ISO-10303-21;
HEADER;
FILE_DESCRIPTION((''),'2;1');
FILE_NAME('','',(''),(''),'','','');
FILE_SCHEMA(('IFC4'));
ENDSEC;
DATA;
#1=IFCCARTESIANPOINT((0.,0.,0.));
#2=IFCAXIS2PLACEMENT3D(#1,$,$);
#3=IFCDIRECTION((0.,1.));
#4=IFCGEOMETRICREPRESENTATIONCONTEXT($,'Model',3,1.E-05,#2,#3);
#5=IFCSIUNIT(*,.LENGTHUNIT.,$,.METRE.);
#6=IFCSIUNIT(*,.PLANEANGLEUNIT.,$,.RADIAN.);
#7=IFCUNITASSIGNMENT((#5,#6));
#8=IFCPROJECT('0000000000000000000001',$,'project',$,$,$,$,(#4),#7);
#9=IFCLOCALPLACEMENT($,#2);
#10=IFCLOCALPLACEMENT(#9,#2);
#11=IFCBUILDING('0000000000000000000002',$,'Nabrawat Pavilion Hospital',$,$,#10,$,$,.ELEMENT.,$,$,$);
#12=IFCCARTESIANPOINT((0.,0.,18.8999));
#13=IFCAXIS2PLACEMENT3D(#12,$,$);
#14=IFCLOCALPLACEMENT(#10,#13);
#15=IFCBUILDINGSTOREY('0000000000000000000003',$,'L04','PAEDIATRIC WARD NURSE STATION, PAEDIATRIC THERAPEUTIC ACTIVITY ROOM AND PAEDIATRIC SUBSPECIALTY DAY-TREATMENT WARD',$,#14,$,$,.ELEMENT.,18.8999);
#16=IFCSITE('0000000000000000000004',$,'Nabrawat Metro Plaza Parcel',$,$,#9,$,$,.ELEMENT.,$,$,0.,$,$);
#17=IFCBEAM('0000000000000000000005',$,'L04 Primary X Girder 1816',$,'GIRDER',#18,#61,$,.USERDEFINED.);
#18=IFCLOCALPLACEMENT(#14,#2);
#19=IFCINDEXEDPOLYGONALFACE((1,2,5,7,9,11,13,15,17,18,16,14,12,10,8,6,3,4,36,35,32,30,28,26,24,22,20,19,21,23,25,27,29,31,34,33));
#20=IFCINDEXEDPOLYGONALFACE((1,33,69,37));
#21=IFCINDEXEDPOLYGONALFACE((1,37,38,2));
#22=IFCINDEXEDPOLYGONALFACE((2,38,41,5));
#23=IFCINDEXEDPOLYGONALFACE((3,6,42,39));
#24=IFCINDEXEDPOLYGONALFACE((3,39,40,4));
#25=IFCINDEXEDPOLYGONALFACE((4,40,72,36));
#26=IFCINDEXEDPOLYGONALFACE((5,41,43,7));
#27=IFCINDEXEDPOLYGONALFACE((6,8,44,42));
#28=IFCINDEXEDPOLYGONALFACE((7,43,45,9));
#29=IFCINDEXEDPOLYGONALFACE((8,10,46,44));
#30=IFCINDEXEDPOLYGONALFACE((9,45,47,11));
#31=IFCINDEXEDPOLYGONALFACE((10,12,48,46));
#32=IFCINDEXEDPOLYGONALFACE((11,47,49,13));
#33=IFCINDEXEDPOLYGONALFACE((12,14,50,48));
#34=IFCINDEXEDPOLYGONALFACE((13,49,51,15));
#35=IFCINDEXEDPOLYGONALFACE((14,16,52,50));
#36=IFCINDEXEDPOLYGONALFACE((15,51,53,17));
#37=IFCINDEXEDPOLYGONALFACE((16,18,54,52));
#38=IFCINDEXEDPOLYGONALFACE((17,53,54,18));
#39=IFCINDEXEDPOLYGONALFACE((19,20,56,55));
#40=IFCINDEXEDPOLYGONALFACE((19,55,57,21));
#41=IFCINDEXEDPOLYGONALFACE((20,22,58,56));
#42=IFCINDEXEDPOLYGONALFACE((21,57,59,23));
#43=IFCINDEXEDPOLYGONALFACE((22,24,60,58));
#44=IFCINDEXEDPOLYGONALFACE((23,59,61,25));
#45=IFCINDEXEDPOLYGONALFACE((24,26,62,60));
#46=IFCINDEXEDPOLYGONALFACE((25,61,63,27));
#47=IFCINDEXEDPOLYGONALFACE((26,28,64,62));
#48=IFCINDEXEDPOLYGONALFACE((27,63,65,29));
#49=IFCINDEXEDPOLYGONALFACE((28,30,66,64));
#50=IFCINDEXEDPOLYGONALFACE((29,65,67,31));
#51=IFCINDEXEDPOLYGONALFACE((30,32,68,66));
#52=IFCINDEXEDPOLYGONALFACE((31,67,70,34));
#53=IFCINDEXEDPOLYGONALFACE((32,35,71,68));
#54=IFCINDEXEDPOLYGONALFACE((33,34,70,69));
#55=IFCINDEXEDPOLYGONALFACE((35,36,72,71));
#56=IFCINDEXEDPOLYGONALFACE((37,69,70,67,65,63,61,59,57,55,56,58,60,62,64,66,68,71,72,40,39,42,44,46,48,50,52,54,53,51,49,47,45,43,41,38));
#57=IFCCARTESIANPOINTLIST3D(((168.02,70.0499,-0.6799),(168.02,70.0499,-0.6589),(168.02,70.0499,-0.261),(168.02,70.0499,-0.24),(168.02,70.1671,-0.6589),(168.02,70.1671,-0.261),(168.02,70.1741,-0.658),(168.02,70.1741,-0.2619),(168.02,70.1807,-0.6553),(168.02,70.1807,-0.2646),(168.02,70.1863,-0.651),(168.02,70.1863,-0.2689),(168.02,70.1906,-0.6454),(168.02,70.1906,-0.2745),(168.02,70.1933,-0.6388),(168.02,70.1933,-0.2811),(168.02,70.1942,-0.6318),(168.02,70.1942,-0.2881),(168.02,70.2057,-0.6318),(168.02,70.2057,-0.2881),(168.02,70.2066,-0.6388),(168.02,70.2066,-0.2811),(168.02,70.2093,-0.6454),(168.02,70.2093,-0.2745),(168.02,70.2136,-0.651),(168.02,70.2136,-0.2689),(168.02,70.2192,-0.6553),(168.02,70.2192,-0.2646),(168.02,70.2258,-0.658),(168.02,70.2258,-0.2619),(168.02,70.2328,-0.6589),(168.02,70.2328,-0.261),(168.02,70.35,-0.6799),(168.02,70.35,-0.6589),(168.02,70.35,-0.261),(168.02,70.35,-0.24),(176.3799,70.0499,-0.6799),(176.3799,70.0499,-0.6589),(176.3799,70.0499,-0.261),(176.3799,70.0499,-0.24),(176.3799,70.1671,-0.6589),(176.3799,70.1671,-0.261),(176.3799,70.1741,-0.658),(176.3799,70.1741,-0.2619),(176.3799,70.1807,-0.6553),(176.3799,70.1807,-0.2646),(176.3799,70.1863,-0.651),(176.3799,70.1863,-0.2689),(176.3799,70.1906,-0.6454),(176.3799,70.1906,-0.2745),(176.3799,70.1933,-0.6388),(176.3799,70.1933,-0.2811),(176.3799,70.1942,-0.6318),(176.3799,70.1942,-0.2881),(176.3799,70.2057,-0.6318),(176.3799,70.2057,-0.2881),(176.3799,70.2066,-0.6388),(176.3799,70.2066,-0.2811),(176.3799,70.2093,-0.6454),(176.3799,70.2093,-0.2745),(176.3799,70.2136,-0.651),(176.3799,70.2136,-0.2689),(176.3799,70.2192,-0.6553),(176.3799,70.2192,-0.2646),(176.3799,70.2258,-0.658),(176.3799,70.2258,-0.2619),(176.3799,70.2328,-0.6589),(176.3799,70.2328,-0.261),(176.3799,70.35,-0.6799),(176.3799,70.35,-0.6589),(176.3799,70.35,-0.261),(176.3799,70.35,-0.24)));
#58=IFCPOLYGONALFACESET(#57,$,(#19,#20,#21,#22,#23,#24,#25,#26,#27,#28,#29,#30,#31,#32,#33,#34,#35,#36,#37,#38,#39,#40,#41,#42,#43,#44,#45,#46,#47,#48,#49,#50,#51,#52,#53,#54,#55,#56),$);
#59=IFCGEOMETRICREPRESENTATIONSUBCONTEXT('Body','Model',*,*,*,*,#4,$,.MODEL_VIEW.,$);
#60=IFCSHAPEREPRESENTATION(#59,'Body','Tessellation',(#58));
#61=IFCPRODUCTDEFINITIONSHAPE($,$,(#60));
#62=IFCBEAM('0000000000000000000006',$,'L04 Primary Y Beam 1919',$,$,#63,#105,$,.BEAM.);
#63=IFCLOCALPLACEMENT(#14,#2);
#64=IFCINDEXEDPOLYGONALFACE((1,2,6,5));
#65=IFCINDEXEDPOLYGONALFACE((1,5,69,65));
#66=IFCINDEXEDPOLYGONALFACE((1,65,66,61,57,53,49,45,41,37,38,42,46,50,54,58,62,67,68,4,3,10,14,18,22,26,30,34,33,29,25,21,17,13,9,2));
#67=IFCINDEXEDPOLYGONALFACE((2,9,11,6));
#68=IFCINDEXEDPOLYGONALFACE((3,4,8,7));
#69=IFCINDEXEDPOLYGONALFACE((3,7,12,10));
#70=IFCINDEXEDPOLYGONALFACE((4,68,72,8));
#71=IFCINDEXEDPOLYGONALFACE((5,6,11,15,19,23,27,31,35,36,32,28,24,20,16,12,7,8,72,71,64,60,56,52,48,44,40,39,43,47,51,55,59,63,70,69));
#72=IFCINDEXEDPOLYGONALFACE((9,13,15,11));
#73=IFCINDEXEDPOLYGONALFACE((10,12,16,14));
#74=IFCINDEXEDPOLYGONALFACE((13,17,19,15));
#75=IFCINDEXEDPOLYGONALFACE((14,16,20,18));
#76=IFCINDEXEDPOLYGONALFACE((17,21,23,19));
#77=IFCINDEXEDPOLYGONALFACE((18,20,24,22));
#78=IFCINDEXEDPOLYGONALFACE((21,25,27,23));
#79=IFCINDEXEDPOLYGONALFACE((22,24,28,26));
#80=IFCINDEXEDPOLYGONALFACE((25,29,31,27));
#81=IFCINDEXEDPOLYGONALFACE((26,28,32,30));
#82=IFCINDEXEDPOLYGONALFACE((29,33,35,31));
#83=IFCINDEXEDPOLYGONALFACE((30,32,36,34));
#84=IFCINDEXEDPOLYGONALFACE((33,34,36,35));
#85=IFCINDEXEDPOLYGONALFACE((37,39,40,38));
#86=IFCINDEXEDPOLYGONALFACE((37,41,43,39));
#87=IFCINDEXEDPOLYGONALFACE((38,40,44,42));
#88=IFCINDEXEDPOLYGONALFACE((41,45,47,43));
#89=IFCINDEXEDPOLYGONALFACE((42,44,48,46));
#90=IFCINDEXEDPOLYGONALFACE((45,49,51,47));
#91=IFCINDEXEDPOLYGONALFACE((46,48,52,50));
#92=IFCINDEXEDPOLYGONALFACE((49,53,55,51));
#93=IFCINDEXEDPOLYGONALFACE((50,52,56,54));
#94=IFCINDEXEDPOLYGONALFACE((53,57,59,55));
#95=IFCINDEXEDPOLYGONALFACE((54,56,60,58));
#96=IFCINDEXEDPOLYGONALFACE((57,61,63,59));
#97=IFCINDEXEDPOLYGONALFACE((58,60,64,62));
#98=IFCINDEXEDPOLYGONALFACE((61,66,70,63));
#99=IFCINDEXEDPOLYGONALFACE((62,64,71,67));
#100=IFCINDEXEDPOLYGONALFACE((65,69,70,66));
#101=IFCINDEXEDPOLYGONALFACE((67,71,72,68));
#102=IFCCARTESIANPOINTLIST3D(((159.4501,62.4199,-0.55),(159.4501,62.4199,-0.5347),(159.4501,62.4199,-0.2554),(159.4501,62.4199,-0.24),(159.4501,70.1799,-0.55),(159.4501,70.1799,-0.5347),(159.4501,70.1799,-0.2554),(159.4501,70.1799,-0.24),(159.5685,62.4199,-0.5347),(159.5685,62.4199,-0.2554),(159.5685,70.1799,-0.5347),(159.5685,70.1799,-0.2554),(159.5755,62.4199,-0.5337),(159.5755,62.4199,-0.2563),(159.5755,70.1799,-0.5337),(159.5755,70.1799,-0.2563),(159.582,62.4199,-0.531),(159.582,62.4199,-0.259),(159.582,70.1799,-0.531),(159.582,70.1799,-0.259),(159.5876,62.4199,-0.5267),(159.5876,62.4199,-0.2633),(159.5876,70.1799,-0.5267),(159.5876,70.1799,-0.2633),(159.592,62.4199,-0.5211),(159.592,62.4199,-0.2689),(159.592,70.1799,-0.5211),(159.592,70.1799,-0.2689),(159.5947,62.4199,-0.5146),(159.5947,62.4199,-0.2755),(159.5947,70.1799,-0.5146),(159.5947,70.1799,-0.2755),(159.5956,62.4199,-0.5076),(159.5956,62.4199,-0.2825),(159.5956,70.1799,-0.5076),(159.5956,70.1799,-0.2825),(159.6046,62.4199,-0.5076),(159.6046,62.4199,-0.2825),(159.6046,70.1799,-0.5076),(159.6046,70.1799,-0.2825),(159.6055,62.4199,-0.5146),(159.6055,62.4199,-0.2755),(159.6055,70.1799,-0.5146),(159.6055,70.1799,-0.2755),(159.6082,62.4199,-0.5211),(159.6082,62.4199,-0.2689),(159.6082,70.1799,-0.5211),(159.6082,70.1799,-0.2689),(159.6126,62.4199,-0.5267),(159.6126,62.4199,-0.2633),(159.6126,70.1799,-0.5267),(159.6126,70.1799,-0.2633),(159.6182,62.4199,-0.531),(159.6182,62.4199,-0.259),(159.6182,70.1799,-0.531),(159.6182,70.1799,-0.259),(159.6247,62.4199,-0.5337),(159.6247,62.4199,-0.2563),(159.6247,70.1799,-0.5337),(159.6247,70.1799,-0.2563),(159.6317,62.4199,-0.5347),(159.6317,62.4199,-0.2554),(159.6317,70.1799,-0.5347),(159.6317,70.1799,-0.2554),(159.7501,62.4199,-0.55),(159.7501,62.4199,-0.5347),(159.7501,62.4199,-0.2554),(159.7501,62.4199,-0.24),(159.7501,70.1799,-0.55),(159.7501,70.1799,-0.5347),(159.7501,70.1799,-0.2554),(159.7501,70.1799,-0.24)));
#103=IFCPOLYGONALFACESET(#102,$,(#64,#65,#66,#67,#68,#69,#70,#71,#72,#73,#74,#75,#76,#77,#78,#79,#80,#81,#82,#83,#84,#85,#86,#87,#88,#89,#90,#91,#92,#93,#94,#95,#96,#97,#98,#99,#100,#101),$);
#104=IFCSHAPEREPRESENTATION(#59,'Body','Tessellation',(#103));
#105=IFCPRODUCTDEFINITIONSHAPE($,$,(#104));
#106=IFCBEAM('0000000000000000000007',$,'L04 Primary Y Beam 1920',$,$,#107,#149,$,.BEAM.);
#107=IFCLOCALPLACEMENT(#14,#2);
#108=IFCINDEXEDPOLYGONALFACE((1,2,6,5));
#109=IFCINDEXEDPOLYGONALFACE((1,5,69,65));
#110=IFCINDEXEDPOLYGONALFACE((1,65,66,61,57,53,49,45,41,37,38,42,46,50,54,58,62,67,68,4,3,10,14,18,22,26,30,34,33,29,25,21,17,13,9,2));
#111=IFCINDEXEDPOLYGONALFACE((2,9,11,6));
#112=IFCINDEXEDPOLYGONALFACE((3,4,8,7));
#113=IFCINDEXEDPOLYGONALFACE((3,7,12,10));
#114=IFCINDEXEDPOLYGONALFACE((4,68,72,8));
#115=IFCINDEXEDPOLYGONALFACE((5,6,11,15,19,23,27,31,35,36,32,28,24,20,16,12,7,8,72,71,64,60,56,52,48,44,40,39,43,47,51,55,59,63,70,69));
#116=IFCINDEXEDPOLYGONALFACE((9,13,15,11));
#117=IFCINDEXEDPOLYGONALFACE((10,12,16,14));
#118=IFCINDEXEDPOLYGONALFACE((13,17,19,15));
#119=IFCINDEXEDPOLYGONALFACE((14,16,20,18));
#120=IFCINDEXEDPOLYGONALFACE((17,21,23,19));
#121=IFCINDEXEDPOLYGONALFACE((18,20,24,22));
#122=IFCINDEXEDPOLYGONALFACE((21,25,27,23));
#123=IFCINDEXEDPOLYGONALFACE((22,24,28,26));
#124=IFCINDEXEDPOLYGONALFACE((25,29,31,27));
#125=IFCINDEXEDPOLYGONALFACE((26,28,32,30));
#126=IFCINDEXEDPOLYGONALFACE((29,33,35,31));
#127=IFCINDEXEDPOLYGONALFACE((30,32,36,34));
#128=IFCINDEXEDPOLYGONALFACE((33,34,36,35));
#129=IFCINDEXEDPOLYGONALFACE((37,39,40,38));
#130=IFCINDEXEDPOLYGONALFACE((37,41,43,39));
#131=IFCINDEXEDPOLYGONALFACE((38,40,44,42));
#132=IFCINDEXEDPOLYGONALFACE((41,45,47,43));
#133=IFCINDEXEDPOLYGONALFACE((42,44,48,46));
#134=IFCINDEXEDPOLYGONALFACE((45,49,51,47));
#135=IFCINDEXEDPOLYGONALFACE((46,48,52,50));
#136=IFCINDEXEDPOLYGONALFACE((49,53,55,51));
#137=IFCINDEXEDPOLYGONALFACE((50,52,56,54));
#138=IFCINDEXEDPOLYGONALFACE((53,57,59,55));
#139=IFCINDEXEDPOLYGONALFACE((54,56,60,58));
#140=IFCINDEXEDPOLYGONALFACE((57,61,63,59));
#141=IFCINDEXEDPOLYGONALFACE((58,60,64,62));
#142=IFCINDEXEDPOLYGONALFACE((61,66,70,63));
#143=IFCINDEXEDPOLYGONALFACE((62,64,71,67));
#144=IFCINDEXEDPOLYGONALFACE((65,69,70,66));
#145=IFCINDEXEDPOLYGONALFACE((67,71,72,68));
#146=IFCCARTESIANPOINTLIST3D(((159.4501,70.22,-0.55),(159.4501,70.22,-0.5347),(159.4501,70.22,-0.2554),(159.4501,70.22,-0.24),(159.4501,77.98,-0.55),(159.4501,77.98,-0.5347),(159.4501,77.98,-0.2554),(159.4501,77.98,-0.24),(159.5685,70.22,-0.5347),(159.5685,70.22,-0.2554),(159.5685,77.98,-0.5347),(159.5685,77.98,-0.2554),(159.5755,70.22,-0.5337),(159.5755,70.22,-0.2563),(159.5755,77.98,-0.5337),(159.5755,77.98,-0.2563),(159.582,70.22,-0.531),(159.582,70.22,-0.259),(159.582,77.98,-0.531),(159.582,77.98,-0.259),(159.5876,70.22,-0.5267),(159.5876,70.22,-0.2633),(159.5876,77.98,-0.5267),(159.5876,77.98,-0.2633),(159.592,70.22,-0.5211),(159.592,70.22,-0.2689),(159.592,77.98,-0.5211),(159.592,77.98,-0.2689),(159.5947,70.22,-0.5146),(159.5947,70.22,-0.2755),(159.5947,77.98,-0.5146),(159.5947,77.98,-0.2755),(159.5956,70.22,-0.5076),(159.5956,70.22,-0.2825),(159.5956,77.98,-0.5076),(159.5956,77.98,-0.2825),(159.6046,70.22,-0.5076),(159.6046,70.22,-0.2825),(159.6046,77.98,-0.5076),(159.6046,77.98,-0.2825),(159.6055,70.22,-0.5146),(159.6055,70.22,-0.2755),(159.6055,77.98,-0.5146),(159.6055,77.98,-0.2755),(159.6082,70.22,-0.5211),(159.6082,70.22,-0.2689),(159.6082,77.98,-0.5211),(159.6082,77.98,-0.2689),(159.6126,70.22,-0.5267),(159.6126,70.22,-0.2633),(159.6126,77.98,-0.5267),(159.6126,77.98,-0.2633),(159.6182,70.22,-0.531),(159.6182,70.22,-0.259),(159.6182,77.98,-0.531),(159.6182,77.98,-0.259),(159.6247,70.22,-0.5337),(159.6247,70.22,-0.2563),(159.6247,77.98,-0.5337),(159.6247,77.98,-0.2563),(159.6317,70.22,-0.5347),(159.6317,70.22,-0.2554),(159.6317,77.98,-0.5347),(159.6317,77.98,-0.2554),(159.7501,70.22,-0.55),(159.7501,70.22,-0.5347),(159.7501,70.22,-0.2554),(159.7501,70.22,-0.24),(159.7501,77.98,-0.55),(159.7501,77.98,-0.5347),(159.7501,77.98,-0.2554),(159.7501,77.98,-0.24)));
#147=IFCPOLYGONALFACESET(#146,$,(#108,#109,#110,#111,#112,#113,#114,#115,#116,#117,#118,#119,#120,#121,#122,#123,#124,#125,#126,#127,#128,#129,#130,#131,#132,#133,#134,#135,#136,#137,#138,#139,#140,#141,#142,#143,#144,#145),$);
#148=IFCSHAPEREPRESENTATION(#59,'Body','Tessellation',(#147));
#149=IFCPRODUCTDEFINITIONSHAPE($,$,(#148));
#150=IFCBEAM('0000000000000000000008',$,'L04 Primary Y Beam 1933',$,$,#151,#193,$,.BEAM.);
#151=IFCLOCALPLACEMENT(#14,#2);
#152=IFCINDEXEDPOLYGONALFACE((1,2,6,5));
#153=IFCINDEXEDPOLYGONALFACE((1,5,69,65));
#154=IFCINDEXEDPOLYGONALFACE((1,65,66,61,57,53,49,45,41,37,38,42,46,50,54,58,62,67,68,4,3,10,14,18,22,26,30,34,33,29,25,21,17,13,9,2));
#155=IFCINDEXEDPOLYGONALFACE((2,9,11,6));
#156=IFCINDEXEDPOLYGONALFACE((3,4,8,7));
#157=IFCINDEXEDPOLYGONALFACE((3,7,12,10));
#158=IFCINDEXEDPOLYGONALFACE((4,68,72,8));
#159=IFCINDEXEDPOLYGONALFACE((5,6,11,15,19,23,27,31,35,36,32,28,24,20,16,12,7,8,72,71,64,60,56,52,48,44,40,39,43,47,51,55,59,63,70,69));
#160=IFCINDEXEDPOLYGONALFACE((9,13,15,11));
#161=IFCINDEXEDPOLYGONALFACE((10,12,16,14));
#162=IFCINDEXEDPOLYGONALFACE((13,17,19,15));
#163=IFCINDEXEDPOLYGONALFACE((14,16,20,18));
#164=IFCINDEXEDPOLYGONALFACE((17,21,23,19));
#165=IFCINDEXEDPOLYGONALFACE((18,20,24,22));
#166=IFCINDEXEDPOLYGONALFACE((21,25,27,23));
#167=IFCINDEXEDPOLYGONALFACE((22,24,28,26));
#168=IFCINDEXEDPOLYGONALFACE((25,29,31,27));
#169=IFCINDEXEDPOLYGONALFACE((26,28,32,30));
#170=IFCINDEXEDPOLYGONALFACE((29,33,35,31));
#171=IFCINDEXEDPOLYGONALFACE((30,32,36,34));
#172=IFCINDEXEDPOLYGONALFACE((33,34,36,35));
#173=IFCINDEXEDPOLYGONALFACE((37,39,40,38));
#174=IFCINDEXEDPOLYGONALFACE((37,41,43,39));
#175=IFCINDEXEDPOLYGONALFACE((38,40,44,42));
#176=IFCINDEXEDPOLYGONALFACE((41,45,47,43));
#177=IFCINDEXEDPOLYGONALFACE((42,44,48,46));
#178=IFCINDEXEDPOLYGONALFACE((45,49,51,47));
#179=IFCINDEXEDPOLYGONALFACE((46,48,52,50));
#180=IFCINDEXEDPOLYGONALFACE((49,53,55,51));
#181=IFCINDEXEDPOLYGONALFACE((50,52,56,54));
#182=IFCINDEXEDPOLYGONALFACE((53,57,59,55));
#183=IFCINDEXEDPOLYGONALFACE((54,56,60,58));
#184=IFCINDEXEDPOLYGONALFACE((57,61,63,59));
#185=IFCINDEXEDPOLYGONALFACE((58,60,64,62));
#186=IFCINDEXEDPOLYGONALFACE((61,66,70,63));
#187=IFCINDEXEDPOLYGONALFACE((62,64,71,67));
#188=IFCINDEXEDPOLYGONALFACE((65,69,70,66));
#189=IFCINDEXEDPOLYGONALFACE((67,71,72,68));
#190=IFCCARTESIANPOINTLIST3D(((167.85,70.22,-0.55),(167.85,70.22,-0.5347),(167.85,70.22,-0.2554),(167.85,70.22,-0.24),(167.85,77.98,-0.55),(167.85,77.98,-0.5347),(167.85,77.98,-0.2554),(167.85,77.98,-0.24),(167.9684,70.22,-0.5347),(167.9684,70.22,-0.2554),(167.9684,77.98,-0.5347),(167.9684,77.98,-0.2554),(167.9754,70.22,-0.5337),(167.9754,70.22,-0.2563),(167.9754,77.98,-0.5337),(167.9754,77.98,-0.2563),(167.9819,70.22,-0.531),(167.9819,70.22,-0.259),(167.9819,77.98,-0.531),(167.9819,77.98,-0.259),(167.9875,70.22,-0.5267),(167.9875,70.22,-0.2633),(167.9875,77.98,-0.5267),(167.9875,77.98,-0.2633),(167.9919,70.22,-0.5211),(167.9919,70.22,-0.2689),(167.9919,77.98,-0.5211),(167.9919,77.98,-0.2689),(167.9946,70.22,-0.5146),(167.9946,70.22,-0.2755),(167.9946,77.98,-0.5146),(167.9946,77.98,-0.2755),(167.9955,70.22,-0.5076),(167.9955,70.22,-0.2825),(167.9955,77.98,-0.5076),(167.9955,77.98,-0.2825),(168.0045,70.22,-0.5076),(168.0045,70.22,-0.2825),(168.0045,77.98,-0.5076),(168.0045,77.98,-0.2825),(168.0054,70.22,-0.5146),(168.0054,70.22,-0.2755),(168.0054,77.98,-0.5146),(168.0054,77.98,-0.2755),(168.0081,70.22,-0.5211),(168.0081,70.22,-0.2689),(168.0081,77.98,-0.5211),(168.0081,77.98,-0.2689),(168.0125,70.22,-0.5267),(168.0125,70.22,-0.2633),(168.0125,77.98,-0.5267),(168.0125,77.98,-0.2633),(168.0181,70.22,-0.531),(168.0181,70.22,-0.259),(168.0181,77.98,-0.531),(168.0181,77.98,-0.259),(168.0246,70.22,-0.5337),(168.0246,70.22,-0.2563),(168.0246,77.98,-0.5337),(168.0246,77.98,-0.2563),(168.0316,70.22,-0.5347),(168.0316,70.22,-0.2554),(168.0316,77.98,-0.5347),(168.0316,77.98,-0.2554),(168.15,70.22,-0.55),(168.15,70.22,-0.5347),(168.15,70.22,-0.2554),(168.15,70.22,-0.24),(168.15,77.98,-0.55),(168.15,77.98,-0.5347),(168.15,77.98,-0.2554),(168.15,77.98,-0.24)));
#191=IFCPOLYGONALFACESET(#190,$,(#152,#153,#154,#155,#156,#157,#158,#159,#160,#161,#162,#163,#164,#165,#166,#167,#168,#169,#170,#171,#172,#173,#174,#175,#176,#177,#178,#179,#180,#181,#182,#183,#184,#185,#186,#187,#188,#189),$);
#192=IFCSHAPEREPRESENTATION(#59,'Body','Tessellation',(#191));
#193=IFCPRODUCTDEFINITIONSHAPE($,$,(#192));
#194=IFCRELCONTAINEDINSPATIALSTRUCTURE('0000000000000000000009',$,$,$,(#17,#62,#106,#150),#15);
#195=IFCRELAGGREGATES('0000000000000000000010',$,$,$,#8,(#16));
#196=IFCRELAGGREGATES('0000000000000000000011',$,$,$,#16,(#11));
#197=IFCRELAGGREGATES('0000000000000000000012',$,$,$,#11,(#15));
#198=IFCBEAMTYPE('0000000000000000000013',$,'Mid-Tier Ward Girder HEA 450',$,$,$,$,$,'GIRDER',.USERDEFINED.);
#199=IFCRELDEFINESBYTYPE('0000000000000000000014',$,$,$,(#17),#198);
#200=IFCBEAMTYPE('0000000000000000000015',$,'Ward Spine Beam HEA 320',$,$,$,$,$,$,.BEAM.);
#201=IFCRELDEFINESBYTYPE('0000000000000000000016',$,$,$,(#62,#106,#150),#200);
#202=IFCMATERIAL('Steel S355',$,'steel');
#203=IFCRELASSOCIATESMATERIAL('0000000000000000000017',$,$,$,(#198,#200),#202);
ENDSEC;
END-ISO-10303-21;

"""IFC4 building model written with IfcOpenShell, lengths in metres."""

from ifc_helpers import new_model, si_unit, direction, frame, origin, origin_2d, place, context, subcontext, project, spatial, i_section, extrude, material, material_profile, profile_set, type_object, element, save


model = new_model("IFC4")

# Units and contexts
model_context = context("Model", 3, precision=1e-05, world=origin(), true_north=direction((0.0, 1.0)))
body_context = subcontext(model_context, "Body", "Model", "MODEL_VIEW")
ifc_project = project(units=[si_unit("LENGTHUNIT", "METRE"), si_unit("PLANEANGLEUNIT", "RADIAN")], contexts=[model_context])

# Site, building, storey
site_placement = place(None, origin())
site = spatial("IfcSite", under=ifc_project, at=site_placement, Name="Nabrawat Metro Plaza Parcel", CompositionType="ELEMENT", RefElevation=0.0)
building_placement = place(site_placement, origin())
building = spatial("IfcBuilding", under=site, at=building_placement, Name="Nabrawat Pavilion Hospital", CompositionType="ELEMENT")
storey_placement = place(building_placement, frame((0.0, 0.0, 18.8999)))
storey = spatial("IfcBuildingStorey", under=building, at=storey_placement, Name="L04", Description="PAEDIATRIC WARD NURSE STATION, PAEDIATRIC THERAPEUTIC ACTIVITY ROOM AND PAEDIATRIC SUBSPECIALTY DAY-TREATMENT WARD", CompositionType="ELEMENT", Elevation=18.8999)

# Shared definitions
ifc_material_1 = material(Name="Steel S355", Category="steel")

# Beams
ifc_material_profile_1 = material_profile(ifc_material_1, i_section(OverallWidth=0.3, OverallDepth=0.4399, WebThickness=0.0115, FlangeThickness=0.021, FilletRadius=0.0271, at=origin_2d()), Name="HEA 450")
ifc_profile_set_1 = profile_set([ifc_material_profile_1], Name="Steel S355")
beam_type_1 = type_object("IfcBeamType", Name="Mid-Tier Ward Girder HEA 450", ElementType="GIRDER", PredefinedType="USERDEFINED", material=ifc_profile_set_1)
for number, where, z_axis, x_axis, name in (
    (1, (168.02, 70.2, -0.46), (1.0, 0.0, 0.0), (0.0, 1.0, 0.0), "L04 Primary X Girder 1816"),
):
    element("IfcBeam", number, at=place(storey_placement, frame(where, z_axis=z_axis, x_axis=x_axis)), inside=storey, type_object=beam_type_1, Name=name, ObjectType="GIRDER", PredefinedType="USERDEFINED", context=body_context, shape_type="SweptSolid", body=[
        extrude(i_section(OverallWidth=0.3, OverallDepth=0.4399, WebThickness=0.0115, FlangeThickness=0.021, FilletRadius=0.0271, at=origin_2d()), origin(), (0.0, 0.0, 1.0), 8.3599),
    ])
ifc_material_profile_2 = material_profile(ifc_material_1, i_section(OverallWidth=0.3, OverallDepth=0.3101, WebThickness=0.009, FlangeThickness=0.0154, FilletRadius=0.0271, at=origin_2d()), Name="HEA 320")
ifc_profile_set_2 = profile_set([ifc_material_profile_2], Name="Steel S355")
beam_type_2 = type_object("IfcBeamType", Name="Ward Spine Beam HEA 320", PredefinedType="BEAM", material=ifc_profile_set_2)
for number, where, z_axis, x_axis, name in (
    (2, (159.6001, 62.4199, -0.395), (0.0, 1.0, 0.0), (-1.0, 0.0, 0.0), "L04 Primary Y Beam 1919"),
    (3, (159.6001, 70.22, -0.395), (0.0, 1.0, 0.0), (-1.0, 0.0, 0.0), "L04 Primary Y Beam 1920"),
    (4, (168.0, 70.22, -0.395), (0.0, 1.0, 0.0), (-1.0, 0.0, 0.0), "L04 Primary Y Beam 1933"),
):
    element("IfcBeam", number, at=place(storey_placement, frame(where, z_axis=z_axis, x_axis=x_axis)), inside=storey, type_object=beam_type_2, Name=name, PredefinedType="BEAM", context=body_context, shape_type="SweptSolid", body=[
        extrude(i_section(OverallWidth=0.3, OverallDepth=0.3101, WebThickness=0.009, FlangeThickness=0.0154, FilletRadius=0.0271, at=origin_2d()), origin(), (0.0, 0.0, 1.0), 7.76),
    ])

save(model, "model.ifc")
